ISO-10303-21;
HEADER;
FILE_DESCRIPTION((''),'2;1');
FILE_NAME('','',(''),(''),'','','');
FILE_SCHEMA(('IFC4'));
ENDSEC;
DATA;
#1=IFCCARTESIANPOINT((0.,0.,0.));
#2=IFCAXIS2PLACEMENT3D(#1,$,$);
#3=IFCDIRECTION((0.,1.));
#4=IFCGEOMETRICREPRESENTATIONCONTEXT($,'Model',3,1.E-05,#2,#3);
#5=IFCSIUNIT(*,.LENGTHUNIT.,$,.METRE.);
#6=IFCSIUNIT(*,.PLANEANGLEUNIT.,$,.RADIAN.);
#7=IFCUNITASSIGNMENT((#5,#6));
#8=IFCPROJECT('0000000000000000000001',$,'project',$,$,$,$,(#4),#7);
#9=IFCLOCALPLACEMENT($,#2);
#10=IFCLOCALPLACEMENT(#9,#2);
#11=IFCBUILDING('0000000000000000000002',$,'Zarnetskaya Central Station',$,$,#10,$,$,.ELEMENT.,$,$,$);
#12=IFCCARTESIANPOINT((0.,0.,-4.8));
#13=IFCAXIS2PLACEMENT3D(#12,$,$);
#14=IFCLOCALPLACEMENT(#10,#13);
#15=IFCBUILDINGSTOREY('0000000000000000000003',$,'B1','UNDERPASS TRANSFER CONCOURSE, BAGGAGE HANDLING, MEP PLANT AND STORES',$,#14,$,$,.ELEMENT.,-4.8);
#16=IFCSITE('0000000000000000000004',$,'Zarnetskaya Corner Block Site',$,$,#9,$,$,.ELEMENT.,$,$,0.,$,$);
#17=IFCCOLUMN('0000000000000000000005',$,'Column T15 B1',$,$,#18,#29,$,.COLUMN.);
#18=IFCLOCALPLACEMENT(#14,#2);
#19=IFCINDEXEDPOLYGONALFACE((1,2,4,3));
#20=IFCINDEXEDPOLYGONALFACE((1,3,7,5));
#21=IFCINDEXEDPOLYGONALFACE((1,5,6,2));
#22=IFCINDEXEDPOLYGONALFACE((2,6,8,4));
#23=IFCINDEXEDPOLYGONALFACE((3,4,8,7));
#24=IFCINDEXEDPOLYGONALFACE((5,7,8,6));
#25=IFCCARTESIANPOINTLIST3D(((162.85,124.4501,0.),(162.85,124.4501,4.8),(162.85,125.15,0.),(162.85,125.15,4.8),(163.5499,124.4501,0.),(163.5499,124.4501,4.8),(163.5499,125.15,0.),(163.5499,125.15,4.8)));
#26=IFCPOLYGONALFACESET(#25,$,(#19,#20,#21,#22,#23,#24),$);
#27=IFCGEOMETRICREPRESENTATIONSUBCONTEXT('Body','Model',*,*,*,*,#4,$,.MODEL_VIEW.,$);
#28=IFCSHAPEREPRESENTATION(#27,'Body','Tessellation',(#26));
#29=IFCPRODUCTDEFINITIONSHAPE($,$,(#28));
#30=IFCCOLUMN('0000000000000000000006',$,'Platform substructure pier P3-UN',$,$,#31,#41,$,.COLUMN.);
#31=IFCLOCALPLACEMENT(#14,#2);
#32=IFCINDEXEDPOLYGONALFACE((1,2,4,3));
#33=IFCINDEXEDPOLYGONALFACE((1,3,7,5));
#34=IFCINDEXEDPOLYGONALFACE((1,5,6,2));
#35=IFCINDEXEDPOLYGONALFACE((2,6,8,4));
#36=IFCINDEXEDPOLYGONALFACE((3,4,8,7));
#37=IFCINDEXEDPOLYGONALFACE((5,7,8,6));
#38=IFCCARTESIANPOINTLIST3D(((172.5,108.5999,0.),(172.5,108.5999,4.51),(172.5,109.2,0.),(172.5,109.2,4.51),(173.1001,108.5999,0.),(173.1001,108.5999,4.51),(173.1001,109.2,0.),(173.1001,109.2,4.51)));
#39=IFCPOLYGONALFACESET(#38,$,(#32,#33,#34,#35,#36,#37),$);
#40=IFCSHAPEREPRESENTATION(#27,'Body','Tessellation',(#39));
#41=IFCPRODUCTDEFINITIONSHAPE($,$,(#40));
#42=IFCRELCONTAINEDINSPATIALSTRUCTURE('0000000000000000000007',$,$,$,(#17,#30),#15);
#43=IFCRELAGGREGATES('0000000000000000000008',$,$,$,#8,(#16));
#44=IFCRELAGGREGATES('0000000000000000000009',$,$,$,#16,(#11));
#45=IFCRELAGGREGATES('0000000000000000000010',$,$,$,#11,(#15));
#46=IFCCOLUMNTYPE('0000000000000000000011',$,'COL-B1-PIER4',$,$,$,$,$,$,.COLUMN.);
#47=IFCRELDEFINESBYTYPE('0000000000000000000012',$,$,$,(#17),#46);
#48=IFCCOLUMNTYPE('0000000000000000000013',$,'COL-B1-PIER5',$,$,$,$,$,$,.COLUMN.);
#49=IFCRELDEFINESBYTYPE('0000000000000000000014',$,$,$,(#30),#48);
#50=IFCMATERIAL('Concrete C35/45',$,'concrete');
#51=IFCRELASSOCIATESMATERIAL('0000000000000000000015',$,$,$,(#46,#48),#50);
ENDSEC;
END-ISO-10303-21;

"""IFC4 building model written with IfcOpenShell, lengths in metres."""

from ifc_helpers import new_model, si_unit, direction, frame, origin, origin_2d, place, context, subcontext, project, spatial, rectangle, extrude, material, material_profile, profile_set, type_object, element, save


model = new_model("IFC4")

# Units and contexts
model_context = context("Model", 3, precision=1e-05, world=origin(), true_north=direction((0.0, 1.0)))
body_context = subcontext(model_context, "Body", "Model", "MODEL_VIEW")
ifc_project = project(units=[si_unit("LENGTHUNIT", "METRE"), si_unit("PLANEANGLEUNIT", "RADIAN")], contexts=[model_context])

# Site, building, storey
site_placement = place(None, origin())
site = spatial("IfcSite", under=ifc_project, at=site_placement, Name="Zarnetskaya Corner Block Site", CompositionType="ELEMENT", RefElevation=0.0)
building_placement = place(site_placement, origin())
building = spatial("IfcBuilding", under=site, at=building_placement, Name="Zarnetskaya Central Station", CompositionType="ELEMENT")
storey_placement = place(building_placement, frame((0.0, 0.0, -4.8)))
storey = spatial("IfcBuildingStorey", under=building, at=storey_placement, Name="B1", Description="UNDERPASS TRANSFER CONCOURSE, BAGGAGE HANDLING, MEP PLANT AND STORES", CompositionType="ELEMENT", Elevation=-4.8)

# Shared definitions
ifc_material = material(Name="Concrete C35/45", Category="concrete")

# Columns
ifc_material_profile_1 = material_profile(ifc_material, rectangle(XDim=0.7, YDim=0.7, at=origin_2d()), Name="RC 700x700")
ifc_profile_set_1 = profile_set([ifc_material_profile_1], Name="Concrete C35/45")
column_type_1 = type_object("IfcColumnType", Name="COL-B1-PIER4", PredefinedType="COLUMN", material=ifc_profile_set_1)
for number, where, z_axis, x_axis, name in (
    (1, (163.2, 124.8, 0.0), (0.0, 0.0, 1.0), (1.0, 0.0, 0.0), "Column T15 B1"),
):
    element("IfcColumn", number, at=place(storey_placement, frame(where, z_axis=z_axis, x_axis=x_axis)), inside=storey, type_object=column_type_1, Name=name, PredefinedType="COLUMN", context=body_context, shape_type="SweptSolid", body=[
        extrude(rectangle(XDim=0.7, YDim=0.7, at=origin_2d()), origin(), (0.0, 0.0, 1.0), 4.8),
    ])
ifc_material_profile_2 = material_profile(ifc_material, rectangle(XDim=0.6001, YDim=0.6001, at=origin_2d()), Name="RC 600x600")
ifc_profile_set_2 = profile_set([ifc_material_profile_2], Name="Concrete C35/45")
column_type_2 = type_object("IfcColumnType", Name="COL-B1-PIER5", PredefinedType="COLUMN", material=ifc_profile_set_2)
column_placement = place(storey_placement, frame((172.8, 108.8999, 0.0), z_axis=(0.0, 0.0, 1.0), x_axis=(1.0, 0.0, 0.0)))
element("IfcColumn", 2, at=column_placement, inside=storey, type_object=column_type_2, Name="Platform substructure pier P3-UN", PredefinedType="COLUMN", context=body_context, shape_type="SweptSolid", body=[
    extrude(rectangle(XDim=0.6001, YDim=0.6001, at=origin_2d()), origin(), (0.0, 0.0, 1.0), 4.51),
])

save(model, "model.ifc")
